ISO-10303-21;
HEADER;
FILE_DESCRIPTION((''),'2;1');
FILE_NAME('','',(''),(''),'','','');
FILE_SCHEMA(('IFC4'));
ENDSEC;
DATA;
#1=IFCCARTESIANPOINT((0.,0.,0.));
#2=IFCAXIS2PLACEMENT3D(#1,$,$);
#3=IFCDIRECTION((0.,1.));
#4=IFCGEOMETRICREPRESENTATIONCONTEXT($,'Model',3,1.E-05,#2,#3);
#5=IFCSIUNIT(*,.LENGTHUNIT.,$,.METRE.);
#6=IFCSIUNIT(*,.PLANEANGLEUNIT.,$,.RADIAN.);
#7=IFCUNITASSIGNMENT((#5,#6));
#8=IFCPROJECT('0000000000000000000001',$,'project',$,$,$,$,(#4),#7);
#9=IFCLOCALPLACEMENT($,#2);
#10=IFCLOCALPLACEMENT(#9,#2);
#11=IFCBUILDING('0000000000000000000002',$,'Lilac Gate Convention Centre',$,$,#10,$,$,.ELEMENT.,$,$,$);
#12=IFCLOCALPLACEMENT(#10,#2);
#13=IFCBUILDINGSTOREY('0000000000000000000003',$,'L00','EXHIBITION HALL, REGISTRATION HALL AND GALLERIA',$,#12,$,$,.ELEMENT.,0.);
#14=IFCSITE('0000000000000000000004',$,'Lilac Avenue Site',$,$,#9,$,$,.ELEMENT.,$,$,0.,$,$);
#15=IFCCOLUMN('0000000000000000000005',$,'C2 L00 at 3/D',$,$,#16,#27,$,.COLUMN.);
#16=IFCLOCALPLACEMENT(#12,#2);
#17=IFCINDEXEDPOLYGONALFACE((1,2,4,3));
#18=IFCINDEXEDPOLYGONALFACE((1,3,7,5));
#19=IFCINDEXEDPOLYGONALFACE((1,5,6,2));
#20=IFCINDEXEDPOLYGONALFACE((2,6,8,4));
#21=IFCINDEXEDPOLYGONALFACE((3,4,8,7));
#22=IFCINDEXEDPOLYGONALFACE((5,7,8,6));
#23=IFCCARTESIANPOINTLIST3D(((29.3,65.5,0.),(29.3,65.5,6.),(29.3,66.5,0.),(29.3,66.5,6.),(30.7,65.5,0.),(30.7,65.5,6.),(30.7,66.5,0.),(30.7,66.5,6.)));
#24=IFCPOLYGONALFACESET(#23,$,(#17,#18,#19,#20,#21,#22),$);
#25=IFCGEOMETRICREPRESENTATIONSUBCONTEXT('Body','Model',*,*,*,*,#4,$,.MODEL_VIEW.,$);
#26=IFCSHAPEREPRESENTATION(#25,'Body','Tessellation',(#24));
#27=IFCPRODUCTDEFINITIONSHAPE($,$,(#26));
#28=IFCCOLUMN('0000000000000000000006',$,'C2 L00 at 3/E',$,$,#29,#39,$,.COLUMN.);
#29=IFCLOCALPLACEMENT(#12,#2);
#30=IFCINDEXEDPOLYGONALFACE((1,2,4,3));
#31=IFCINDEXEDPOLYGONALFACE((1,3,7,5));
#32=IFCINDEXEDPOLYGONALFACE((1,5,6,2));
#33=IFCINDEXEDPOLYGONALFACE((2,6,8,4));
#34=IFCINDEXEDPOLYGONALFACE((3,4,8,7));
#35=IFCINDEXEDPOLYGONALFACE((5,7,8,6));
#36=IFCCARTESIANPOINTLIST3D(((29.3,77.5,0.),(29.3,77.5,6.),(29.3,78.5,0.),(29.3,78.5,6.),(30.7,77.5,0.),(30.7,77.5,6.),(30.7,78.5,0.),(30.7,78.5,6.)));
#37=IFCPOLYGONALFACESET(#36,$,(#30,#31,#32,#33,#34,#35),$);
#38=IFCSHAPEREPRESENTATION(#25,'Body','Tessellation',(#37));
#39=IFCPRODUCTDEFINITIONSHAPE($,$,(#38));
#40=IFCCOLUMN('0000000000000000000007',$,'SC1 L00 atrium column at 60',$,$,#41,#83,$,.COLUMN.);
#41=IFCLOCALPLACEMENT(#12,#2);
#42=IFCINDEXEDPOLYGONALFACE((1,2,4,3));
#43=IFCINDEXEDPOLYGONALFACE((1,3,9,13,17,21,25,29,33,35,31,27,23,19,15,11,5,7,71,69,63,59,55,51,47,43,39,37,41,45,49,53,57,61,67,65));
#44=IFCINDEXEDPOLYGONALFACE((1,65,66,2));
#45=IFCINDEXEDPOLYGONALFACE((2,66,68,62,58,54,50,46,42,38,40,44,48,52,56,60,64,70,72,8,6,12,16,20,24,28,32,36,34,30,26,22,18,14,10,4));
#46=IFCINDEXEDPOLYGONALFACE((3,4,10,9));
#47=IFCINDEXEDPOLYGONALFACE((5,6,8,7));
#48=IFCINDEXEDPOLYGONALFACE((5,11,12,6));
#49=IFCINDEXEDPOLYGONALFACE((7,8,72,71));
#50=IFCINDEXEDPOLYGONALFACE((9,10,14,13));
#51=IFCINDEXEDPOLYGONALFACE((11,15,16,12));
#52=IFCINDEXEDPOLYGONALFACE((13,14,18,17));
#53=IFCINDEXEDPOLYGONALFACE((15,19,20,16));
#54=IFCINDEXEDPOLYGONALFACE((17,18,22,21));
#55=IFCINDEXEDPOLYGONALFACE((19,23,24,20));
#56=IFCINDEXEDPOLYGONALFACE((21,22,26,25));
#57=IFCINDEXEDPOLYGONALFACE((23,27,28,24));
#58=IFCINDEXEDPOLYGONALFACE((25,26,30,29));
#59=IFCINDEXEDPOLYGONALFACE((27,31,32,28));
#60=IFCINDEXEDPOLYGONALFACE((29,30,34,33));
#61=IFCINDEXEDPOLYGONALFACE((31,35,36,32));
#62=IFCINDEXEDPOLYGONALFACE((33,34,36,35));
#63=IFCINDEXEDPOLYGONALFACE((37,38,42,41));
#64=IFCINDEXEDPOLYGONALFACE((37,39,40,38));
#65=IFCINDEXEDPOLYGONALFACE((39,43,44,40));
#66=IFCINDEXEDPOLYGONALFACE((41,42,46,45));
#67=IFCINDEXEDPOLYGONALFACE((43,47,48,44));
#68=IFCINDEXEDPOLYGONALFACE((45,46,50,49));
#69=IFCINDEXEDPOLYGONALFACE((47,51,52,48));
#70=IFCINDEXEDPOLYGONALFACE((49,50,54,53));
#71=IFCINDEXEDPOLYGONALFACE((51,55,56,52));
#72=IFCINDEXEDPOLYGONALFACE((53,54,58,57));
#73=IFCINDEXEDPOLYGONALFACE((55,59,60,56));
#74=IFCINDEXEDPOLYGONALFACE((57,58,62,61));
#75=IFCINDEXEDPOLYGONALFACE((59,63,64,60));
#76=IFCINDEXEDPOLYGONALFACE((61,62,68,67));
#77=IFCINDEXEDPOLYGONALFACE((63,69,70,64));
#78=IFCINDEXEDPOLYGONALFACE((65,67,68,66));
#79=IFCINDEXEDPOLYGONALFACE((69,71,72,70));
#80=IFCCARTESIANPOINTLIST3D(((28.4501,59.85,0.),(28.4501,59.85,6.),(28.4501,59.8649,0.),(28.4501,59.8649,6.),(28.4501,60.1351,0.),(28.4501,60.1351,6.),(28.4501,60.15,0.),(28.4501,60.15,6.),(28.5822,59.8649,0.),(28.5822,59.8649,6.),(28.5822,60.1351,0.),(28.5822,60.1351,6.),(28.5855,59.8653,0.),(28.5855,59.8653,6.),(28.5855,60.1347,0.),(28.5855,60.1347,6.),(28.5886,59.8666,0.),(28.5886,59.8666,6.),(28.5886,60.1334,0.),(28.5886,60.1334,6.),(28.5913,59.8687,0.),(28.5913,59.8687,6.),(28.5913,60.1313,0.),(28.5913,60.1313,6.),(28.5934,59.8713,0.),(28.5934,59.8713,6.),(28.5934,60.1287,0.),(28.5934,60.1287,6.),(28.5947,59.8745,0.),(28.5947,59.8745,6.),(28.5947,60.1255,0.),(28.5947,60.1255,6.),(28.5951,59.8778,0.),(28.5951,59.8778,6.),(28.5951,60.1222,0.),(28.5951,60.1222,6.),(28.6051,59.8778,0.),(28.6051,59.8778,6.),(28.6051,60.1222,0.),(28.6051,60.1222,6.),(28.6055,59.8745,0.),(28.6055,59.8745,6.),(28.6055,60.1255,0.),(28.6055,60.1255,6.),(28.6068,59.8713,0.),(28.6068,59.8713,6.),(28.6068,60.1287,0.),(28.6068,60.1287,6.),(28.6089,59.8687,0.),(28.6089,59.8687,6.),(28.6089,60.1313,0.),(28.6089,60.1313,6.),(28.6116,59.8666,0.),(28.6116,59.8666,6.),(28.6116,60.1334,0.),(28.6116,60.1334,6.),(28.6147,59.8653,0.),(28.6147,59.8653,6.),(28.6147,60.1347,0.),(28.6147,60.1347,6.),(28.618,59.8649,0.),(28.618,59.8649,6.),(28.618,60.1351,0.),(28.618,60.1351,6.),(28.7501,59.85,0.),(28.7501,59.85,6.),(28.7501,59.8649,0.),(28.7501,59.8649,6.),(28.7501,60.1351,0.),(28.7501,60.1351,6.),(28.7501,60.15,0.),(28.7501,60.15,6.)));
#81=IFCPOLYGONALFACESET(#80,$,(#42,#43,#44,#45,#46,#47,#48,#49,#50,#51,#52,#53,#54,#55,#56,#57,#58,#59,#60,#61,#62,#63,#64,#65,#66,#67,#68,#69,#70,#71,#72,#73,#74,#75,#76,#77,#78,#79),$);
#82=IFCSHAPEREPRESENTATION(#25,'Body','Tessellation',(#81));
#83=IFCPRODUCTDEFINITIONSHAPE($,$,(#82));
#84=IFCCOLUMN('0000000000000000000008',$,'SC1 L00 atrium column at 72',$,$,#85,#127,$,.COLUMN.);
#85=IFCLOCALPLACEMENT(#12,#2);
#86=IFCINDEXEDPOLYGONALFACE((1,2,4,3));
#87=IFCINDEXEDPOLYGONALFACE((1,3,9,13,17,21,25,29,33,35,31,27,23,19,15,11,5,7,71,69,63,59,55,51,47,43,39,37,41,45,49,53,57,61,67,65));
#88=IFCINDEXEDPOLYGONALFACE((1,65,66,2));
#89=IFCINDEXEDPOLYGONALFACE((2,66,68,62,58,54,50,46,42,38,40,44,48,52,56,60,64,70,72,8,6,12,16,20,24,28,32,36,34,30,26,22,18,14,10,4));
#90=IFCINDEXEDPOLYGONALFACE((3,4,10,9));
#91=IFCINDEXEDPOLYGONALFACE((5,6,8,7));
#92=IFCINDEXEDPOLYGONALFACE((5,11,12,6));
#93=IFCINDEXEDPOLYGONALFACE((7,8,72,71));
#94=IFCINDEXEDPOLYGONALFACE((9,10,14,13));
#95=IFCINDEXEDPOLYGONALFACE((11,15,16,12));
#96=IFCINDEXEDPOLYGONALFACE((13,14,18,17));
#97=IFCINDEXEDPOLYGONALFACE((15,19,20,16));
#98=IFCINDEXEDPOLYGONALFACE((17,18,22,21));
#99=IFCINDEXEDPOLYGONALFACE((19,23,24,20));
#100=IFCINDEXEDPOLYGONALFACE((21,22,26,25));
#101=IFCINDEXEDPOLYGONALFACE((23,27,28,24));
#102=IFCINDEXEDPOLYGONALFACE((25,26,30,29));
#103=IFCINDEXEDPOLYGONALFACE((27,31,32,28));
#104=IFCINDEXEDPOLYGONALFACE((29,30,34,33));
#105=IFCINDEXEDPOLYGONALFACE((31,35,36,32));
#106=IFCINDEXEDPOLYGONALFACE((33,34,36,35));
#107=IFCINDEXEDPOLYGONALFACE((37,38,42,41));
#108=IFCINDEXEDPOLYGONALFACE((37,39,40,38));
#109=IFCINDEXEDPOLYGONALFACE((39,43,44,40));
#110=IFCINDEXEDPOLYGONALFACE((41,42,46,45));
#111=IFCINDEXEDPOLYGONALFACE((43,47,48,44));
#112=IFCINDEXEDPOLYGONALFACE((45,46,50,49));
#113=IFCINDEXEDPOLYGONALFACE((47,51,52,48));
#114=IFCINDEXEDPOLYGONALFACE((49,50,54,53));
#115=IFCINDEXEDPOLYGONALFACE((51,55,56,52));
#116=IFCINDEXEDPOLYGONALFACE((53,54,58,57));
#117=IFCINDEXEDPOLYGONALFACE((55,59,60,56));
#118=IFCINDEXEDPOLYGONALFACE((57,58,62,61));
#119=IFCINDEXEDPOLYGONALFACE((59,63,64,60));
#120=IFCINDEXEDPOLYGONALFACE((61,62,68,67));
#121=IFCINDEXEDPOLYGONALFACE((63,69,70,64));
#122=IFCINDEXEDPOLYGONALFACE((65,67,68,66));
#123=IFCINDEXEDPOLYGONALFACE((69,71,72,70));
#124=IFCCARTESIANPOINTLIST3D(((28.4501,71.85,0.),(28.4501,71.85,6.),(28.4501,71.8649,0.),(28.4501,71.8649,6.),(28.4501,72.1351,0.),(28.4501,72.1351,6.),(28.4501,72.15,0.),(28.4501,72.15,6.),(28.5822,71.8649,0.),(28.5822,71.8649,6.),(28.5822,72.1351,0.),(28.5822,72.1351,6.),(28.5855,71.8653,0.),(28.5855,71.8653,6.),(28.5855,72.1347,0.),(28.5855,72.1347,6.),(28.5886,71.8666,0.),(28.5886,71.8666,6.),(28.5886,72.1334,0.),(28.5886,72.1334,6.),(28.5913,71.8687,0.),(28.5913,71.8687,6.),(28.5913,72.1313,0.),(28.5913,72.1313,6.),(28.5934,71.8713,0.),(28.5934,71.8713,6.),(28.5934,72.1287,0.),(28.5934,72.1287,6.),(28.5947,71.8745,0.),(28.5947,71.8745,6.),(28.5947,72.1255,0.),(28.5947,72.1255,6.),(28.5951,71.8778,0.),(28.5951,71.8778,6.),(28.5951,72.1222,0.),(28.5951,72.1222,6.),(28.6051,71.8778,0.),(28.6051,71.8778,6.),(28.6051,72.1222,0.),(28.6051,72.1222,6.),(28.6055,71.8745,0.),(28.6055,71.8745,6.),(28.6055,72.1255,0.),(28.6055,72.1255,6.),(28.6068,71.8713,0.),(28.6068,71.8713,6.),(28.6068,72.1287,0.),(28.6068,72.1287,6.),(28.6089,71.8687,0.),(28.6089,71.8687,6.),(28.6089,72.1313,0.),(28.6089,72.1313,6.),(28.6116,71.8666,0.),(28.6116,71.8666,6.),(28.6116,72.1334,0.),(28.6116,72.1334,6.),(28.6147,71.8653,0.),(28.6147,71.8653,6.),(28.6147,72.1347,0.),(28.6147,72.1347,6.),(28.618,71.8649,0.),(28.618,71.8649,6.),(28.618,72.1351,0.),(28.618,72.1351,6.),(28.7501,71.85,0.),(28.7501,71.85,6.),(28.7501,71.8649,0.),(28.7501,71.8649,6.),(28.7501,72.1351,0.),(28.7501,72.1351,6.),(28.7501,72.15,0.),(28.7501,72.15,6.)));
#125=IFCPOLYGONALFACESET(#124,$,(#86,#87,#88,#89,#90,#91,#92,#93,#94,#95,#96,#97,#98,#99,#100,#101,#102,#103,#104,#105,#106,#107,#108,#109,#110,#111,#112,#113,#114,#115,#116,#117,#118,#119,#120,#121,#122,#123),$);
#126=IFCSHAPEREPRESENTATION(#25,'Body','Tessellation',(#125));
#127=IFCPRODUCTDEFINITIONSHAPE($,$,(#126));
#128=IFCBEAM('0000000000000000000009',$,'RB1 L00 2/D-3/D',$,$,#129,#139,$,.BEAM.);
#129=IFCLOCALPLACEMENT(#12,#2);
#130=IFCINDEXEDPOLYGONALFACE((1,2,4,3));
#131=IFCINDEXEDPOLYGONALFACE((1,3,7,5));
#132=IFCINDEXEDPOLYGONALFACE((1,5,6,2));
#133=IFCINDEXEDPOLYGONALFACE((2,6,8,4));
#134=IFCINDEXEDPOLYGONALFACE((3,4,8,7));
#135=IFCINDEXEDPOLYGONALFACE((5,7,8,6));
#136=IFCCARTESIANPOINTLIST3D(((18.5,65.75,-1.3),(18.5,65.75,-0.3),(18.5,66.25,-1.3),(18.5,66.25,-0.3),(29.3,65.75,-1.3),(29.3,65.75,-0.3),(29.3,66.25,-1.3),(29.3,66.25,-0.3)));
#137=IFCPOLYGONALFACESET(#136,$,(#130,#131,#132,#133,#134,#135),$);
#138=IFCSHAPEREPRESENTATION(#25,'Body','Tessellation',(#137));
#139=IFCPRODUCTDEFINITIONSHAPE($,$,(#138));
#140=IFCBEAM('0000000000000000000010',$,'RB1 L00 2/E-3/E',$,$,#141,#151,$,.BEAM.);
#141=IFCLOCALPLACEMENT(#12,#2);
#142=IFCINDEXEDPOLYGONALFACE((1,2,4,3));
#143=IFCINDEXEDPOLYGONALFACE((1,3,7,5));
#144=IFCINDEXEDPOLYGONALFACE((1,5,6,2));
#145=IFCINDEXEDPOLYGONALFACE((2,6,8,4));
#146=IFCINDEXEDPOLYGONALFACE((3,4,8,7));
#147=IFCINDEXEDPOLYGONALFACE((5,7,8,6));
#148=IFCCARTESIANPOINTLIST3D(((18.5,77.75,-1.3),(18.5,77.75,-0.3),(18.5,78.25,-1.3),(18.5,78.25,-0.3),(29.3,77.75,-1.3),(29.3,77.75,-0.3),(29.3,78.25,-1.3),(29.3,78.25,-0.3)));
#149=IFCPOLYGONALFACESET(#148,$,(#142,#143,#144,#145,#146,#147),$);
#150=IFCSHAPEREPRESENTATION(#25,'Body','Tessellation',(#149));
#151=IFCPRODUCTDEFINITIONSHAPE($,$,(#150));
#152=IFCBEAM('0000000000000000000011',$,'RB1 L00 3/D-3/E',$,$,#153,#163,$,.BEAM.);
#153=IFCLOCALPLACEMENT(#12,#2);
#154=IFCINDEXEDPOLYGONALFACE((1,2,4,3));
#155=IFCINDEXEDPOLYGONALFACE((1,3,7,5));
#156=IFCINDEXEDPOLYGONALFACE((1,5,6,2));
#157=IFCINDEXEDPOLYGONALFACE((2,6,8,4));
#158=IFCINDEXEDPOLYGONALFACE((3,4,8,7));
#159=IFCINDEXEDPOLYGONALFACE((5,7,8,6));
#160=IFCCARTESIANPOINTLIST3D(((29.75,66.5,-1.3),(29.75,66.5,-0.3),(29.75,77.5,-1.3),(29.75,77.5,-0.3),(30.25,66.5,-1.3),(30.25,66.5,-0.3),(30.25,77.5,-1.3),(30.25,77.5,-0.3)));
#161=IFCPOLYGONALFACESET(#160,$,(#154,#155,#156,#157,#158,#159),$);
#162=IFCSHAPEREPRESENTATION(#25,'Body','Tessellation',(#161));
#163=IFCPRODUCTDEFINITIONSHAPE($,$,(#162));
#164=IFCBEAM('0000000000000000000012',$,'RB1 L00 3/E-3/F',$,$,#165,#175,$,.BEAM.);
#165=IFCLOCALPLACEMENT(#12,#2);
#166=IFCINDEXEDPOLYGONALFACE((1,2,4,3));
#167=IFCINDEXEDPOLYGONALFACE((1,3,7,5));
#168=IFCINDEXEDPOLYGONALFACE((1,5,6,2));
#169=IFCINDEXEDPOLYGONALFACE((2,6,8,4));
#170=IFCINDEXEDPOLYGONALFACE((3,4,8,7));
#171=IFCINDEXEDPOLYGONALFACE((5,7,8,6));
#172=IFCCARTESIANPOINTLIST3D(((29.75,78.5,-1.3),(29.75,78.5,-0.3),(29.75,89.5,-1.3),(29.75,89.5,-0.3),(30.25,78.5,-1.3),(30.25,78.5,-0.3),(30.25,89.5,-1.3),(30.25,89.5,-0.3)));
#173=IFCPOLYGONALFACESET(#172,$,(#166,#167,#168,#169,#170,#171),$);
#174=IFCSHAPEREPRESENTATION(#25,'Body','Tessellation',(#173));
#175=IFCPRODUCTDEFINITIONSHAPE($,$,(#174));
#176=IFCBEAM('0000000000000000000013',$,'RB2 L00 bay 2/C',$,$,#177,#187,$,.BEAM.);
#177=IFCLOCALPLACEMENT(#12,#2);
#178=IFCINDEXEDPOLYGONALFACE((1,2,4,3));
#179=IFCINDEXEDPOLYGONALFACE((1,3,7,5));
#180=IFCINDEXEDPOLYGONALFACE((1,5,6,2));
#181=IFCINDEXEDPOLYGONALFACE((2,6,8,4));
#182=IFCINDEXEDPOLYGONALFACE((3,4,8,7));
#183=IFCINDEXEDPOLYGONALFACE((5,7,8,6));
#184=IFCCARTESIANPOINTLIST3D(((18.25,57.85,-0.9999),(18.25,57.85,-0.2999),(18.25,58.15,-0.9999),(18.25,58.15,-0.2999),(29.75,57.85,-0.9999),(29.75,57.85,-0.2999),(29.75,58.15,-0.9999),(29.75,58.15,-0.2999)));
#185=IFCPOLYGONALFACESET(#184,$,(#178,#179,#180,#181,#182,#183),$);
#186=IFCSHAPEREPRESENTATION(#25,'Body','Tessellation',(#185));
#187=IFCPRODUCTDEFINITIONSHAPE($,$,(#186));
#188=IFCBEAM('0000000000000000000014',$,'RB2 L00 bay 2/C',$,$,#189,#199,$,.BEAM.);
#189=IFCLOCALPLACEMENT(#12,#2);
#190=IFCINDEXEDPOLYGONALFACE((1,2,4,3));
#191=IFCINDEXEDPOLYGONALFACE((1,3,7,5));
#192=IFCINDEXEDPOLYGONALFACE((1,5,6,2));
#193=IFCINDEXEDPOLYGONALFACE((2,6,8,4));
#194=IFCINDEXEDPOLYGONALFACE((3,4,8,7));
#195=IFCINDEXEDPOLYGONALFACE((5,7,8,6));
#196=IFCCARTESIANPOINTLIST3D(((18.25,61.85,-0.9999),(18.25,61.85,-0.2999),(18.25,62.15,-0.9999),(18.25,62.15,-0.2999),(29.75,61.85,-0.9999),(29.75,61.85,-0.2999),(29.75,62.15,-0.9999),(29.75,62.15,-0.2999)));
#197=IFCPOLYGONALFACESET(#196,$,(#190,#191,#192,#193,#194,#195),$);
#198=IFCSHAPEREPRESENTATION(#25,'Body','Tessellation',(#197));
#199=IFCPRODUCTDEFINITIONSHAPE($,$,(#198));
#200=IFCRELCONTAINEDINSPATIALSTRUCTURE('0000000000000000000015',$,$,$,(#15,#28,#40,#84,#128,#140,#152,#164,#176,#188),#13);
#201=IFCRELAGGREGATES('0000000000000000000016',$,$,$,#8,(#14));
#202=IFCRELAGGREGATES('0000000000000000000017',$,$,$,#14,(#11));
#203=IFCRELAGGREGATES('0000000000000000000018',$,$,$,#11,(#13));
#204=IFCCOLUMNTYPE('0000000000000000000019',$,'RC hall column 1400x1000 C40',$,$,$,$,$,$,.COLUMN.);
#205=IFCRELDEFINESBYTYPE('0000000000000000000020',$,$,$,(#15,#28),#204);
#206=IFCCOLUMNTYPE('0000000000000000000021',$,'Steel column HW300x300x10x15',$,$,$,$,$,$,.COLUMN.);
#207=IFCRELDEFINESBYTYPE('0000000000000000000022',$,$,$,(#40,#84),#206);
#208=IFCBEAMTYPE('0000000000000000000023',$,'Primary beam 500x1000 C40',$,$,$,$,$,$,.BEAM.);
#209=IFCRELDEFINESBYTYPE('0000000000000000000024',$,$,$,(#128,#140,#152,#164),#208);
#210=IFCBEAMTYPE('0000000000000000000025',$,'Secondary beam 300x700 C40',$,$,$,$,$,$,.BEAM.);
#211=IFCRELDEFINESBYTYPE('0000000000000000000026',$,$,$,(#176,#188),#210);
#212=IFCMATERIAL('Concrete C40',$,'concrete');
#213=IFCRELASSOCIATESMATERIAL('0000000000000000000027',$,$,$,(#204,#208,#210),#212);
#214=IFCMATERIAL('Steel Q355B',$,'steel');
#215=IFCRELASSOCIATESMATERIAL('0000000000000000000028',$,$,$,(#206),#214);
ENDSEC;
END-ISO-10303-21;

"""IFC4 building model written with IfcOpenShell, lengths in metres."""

from ifc_helpers import new_model, si_unit, direction, frame, origin, origin_2d, place, context, subcontext, project, spatial, rectangle, i_section, extrude, material, material_profile, profile_set, type_object, element, save


model = new_model("IFC4")

# Units and contexts
model_context = context("Model", 3, precision=1e-05, world=origin(), true_north=direction((0.0, 1.0)))
body_context = subcontext(model_context, "Body", "Model", "MODEL_VIEW")
ifc_project = project(units=[si_unit("LENGTHUNIT", "METRE"), si_unit("PLANEANGLEUNIT", "RADIAN")], contexts=[model_context])

# Site, building, storey
site_placement = place(None, origin())
site = spatial("IfcSite", under=ifc_project, at=site_placement, Name="Lilac Avenue Site", CompositionType="ELEMENT", RefElevation=0.0)
building_placement = place(site_placement, origin())
building = spatial("IfcBuilding", under=site, at=building_placement, Name="Lilac Gate Convention Centre", CompositionType="ELEMENT")
storey_placement = place(building_placement, origin())
storey = spatial("IfcBuildingStorey", under=building, at=storey_placement, Name="L00", Description="EXHIBITION HALL, REGISTRATION HALL AND GALLERIA", CompositionType="ELEMENT", Elevation=0.0)

# Columns
ifc_material_1 = material(Name="Concrete C40", Category="concrete")
ifc_material_profile_1 = material_profile(ifc_material_1, rectangle(XDim=1.3999, YDim=1.0, at=origin_2d()), Name="RC 1400x1000")
ifc_profile_set_1 = profile_set([ifc_material_profile_1], Name="Concrete C40")
column_type_1 = type_object("IfcColumnType", Name="RC hall column 1400x1000 C40", PredefinedType="COLUMN", material=ifc_profile_set_1)
for number, where, z_axis, x_axis, name in (
    (1, (30.0, 66.0, 0.0), (0.0, 0.0, 1.0), (1.0, 0.0, 0.0), "C2 L00 at 3/D"),
    (2, (30.0, 78.0, 0.0), (0.0, 0.0, 1.0), (1.0, 0.0, 0.0), "C2 L00 at 3/E"),
):
    element("IfcColumn", number, at=place(storey_placement, frame(where, z_axis=z_axis, x_axis=x_axis)), inside=storey, type_object=column_type_1, Name=name, PredefinedType="COLUMN", context=body_context, shape_type="SweptSolid", body=[
        extrude(rectangle(XDim=1.3999, YDim=1.0, at=origin_2d()), origin(), (0.0, 0.0, 1.0), 6.0),
    ])
ifc_material_2 = material(Name="Steel Q355B", Category="steel")
ifc_material_profile_2 = material_profile(ifc_material_2, i_section(OverallWidth=0.3, OverallDepth=0.3, WebThickness=0.01, FlangeThickness=0.0149, FilletRadius=0.0129, at=origin_2d()), Name="HW300x300x10x15")
ifc_profile_set_2 = profile_set([ifc_material_profile_2], Name="Steel Q355B")
column_type_2 = type_object("IfcColumnType", Name="Steel column HW300x300x10x15", PredefinedType="COLUMN", material=ifc_profile_set_2)
for number, where, z_axis, x_axis, name in (
    (3, (28.6001, 60.0, 0.0), (0.0, 0.0, 1.0), (1.0, 0.0, 0.0), "SC1 L00 atrium column at 60"),
    (4, (28.6001, 72.0, 0.0), (0.0, 0.0, 1.0), (1.0, 0.0, 0.0), "SC1 L00 atrium column at 72"),
):
    element("IfcColumn", number, at=place(storey_placement, frame(where, z_axis=z_axis, x_axis=x_axis)), inside=storey, type_object=column_type_2, Name=name, PredefinedType="COLUMN", context=body_context, shape_type="SweptSolid", body=[
        extrude(i_section(OverallWidth=0.3, OverallDepth=0.3, WebThickness=0.01, FlangeThickness=0.0149, FilletRadius=0.0129, at=origin_2d()), origin(), (0.0, 0.0, 1.0), 6.0),
    ])

# Beams
ifc_material_profile_3 = material_profile(ifc_material_1, rectangle(XDim=0.5, YDim=1.0, at=origin_2d()), Name="RC 500x1000")
ifc_profile_set_3 = profile_set([ifc_material_profile_3], Name="Concrete C40")
beam_type_1 = type_object("IfcBeamType", Name="Primary beam 500x1000 C40", PredefinedType="BEAM", material=ifc_profile_set_3)
for number, where, z_axis, x_axis, name in (
    (5, (18.5, 66.0, -0.8), (1.0, 0.0, 0.0), (0.0, 1.0, 0.0), "RB1 L00 2/D-3/D"),
    (6, (18.5, 78.0, -0.8), (1.0, 0.0, 0.0), (0.0, 1.0, 0.0), "RB1 L00 2/E-3/E"),
):
    element("IfcBeam", number, at=place(storey_placement, frame(where, z_axis=z_axis, x_axis=x_axis)), inside=storey, type_object=beam_type_1, Name=name, PredefinedType="BEAM", context=body_context, shape_type="SweptSolid", body=[
        extrude(rectangle(XDim=0.5, YDim=1.0, at=origin_2d()), origin(), (0.0, 0.0, 1.0), 10.8),
    ])
for number, where, z_axis, x_axis, name in (
    (7, (30.0, 66.5, -0.8), (0.0, 1.0, 0.0), (-1.0, 0.0, 0.0), "RB1 L00 3/D-3/E"),
    (8, (30.0, 78.5, -0.8), (0.0, 1.0, 0.0), (-1.0, 0.0, 0.0), "RB1 L00 3/E-3/F"),
):
    element("IfcBeam", number, at=place(storey_placement, frame(where, z_axis=z_axis, x_axis=x_axis)), inside=storey, type_object=beam_type_1, Name=name, PredefinedType="BEAM", context=body_context, shape_type="SweptSolid", body=[
        extrude(rectangle(XDim=0.5, YDim=1.0, at=origin_2d()), origin(), (0.0, 0.0, 1.0), 11.0),
    ])
ifc_material_profile_4 = material_profile(ifc_material_1, rectangle(XDim=0.3, YDim=0.7, at=origin_2d()), Name="RC 300x700")
ifc_profile_set_4 = profile_set([ifc_material_profile_4], Name="Concrete C40")
beam_type_2 = type_object("IfcBeamType", Name="Secondary beam 300x700 C40", PredefinedType="BEAM", material=ifc_profile_set_4)
for number, where, z_axis, x_axis, name in (
    (9, (18.25, 58.0, -0.6499), (1.0, 0.0, 0.0), (0.0, 1.0, 0.0), "RB2 L00 bay 2/C"),
    (10, (18.25, 62.0, -0.6499), (1.0, 0.0, 0.0), (0.0, 1.0, 0.0), "RB2 L00 bay 2/C"),
):
    element("IfcBeam", number, at=place(storey_placement, frame(where, z_axis=z_axis, x_axis=x_axis)), inside=storey, type_object=beam_type_2, Name=name, PredefinedType="BEAM", context=body_context, shape_type="SweptSolid", body=[
        extrude(rectangle(XDim=0.3, YDim=0.7, at=origin_2d()), origin(), (0.0, 0.0, 1.0), 11.5),
    ])

save(model, "model.ifc")
